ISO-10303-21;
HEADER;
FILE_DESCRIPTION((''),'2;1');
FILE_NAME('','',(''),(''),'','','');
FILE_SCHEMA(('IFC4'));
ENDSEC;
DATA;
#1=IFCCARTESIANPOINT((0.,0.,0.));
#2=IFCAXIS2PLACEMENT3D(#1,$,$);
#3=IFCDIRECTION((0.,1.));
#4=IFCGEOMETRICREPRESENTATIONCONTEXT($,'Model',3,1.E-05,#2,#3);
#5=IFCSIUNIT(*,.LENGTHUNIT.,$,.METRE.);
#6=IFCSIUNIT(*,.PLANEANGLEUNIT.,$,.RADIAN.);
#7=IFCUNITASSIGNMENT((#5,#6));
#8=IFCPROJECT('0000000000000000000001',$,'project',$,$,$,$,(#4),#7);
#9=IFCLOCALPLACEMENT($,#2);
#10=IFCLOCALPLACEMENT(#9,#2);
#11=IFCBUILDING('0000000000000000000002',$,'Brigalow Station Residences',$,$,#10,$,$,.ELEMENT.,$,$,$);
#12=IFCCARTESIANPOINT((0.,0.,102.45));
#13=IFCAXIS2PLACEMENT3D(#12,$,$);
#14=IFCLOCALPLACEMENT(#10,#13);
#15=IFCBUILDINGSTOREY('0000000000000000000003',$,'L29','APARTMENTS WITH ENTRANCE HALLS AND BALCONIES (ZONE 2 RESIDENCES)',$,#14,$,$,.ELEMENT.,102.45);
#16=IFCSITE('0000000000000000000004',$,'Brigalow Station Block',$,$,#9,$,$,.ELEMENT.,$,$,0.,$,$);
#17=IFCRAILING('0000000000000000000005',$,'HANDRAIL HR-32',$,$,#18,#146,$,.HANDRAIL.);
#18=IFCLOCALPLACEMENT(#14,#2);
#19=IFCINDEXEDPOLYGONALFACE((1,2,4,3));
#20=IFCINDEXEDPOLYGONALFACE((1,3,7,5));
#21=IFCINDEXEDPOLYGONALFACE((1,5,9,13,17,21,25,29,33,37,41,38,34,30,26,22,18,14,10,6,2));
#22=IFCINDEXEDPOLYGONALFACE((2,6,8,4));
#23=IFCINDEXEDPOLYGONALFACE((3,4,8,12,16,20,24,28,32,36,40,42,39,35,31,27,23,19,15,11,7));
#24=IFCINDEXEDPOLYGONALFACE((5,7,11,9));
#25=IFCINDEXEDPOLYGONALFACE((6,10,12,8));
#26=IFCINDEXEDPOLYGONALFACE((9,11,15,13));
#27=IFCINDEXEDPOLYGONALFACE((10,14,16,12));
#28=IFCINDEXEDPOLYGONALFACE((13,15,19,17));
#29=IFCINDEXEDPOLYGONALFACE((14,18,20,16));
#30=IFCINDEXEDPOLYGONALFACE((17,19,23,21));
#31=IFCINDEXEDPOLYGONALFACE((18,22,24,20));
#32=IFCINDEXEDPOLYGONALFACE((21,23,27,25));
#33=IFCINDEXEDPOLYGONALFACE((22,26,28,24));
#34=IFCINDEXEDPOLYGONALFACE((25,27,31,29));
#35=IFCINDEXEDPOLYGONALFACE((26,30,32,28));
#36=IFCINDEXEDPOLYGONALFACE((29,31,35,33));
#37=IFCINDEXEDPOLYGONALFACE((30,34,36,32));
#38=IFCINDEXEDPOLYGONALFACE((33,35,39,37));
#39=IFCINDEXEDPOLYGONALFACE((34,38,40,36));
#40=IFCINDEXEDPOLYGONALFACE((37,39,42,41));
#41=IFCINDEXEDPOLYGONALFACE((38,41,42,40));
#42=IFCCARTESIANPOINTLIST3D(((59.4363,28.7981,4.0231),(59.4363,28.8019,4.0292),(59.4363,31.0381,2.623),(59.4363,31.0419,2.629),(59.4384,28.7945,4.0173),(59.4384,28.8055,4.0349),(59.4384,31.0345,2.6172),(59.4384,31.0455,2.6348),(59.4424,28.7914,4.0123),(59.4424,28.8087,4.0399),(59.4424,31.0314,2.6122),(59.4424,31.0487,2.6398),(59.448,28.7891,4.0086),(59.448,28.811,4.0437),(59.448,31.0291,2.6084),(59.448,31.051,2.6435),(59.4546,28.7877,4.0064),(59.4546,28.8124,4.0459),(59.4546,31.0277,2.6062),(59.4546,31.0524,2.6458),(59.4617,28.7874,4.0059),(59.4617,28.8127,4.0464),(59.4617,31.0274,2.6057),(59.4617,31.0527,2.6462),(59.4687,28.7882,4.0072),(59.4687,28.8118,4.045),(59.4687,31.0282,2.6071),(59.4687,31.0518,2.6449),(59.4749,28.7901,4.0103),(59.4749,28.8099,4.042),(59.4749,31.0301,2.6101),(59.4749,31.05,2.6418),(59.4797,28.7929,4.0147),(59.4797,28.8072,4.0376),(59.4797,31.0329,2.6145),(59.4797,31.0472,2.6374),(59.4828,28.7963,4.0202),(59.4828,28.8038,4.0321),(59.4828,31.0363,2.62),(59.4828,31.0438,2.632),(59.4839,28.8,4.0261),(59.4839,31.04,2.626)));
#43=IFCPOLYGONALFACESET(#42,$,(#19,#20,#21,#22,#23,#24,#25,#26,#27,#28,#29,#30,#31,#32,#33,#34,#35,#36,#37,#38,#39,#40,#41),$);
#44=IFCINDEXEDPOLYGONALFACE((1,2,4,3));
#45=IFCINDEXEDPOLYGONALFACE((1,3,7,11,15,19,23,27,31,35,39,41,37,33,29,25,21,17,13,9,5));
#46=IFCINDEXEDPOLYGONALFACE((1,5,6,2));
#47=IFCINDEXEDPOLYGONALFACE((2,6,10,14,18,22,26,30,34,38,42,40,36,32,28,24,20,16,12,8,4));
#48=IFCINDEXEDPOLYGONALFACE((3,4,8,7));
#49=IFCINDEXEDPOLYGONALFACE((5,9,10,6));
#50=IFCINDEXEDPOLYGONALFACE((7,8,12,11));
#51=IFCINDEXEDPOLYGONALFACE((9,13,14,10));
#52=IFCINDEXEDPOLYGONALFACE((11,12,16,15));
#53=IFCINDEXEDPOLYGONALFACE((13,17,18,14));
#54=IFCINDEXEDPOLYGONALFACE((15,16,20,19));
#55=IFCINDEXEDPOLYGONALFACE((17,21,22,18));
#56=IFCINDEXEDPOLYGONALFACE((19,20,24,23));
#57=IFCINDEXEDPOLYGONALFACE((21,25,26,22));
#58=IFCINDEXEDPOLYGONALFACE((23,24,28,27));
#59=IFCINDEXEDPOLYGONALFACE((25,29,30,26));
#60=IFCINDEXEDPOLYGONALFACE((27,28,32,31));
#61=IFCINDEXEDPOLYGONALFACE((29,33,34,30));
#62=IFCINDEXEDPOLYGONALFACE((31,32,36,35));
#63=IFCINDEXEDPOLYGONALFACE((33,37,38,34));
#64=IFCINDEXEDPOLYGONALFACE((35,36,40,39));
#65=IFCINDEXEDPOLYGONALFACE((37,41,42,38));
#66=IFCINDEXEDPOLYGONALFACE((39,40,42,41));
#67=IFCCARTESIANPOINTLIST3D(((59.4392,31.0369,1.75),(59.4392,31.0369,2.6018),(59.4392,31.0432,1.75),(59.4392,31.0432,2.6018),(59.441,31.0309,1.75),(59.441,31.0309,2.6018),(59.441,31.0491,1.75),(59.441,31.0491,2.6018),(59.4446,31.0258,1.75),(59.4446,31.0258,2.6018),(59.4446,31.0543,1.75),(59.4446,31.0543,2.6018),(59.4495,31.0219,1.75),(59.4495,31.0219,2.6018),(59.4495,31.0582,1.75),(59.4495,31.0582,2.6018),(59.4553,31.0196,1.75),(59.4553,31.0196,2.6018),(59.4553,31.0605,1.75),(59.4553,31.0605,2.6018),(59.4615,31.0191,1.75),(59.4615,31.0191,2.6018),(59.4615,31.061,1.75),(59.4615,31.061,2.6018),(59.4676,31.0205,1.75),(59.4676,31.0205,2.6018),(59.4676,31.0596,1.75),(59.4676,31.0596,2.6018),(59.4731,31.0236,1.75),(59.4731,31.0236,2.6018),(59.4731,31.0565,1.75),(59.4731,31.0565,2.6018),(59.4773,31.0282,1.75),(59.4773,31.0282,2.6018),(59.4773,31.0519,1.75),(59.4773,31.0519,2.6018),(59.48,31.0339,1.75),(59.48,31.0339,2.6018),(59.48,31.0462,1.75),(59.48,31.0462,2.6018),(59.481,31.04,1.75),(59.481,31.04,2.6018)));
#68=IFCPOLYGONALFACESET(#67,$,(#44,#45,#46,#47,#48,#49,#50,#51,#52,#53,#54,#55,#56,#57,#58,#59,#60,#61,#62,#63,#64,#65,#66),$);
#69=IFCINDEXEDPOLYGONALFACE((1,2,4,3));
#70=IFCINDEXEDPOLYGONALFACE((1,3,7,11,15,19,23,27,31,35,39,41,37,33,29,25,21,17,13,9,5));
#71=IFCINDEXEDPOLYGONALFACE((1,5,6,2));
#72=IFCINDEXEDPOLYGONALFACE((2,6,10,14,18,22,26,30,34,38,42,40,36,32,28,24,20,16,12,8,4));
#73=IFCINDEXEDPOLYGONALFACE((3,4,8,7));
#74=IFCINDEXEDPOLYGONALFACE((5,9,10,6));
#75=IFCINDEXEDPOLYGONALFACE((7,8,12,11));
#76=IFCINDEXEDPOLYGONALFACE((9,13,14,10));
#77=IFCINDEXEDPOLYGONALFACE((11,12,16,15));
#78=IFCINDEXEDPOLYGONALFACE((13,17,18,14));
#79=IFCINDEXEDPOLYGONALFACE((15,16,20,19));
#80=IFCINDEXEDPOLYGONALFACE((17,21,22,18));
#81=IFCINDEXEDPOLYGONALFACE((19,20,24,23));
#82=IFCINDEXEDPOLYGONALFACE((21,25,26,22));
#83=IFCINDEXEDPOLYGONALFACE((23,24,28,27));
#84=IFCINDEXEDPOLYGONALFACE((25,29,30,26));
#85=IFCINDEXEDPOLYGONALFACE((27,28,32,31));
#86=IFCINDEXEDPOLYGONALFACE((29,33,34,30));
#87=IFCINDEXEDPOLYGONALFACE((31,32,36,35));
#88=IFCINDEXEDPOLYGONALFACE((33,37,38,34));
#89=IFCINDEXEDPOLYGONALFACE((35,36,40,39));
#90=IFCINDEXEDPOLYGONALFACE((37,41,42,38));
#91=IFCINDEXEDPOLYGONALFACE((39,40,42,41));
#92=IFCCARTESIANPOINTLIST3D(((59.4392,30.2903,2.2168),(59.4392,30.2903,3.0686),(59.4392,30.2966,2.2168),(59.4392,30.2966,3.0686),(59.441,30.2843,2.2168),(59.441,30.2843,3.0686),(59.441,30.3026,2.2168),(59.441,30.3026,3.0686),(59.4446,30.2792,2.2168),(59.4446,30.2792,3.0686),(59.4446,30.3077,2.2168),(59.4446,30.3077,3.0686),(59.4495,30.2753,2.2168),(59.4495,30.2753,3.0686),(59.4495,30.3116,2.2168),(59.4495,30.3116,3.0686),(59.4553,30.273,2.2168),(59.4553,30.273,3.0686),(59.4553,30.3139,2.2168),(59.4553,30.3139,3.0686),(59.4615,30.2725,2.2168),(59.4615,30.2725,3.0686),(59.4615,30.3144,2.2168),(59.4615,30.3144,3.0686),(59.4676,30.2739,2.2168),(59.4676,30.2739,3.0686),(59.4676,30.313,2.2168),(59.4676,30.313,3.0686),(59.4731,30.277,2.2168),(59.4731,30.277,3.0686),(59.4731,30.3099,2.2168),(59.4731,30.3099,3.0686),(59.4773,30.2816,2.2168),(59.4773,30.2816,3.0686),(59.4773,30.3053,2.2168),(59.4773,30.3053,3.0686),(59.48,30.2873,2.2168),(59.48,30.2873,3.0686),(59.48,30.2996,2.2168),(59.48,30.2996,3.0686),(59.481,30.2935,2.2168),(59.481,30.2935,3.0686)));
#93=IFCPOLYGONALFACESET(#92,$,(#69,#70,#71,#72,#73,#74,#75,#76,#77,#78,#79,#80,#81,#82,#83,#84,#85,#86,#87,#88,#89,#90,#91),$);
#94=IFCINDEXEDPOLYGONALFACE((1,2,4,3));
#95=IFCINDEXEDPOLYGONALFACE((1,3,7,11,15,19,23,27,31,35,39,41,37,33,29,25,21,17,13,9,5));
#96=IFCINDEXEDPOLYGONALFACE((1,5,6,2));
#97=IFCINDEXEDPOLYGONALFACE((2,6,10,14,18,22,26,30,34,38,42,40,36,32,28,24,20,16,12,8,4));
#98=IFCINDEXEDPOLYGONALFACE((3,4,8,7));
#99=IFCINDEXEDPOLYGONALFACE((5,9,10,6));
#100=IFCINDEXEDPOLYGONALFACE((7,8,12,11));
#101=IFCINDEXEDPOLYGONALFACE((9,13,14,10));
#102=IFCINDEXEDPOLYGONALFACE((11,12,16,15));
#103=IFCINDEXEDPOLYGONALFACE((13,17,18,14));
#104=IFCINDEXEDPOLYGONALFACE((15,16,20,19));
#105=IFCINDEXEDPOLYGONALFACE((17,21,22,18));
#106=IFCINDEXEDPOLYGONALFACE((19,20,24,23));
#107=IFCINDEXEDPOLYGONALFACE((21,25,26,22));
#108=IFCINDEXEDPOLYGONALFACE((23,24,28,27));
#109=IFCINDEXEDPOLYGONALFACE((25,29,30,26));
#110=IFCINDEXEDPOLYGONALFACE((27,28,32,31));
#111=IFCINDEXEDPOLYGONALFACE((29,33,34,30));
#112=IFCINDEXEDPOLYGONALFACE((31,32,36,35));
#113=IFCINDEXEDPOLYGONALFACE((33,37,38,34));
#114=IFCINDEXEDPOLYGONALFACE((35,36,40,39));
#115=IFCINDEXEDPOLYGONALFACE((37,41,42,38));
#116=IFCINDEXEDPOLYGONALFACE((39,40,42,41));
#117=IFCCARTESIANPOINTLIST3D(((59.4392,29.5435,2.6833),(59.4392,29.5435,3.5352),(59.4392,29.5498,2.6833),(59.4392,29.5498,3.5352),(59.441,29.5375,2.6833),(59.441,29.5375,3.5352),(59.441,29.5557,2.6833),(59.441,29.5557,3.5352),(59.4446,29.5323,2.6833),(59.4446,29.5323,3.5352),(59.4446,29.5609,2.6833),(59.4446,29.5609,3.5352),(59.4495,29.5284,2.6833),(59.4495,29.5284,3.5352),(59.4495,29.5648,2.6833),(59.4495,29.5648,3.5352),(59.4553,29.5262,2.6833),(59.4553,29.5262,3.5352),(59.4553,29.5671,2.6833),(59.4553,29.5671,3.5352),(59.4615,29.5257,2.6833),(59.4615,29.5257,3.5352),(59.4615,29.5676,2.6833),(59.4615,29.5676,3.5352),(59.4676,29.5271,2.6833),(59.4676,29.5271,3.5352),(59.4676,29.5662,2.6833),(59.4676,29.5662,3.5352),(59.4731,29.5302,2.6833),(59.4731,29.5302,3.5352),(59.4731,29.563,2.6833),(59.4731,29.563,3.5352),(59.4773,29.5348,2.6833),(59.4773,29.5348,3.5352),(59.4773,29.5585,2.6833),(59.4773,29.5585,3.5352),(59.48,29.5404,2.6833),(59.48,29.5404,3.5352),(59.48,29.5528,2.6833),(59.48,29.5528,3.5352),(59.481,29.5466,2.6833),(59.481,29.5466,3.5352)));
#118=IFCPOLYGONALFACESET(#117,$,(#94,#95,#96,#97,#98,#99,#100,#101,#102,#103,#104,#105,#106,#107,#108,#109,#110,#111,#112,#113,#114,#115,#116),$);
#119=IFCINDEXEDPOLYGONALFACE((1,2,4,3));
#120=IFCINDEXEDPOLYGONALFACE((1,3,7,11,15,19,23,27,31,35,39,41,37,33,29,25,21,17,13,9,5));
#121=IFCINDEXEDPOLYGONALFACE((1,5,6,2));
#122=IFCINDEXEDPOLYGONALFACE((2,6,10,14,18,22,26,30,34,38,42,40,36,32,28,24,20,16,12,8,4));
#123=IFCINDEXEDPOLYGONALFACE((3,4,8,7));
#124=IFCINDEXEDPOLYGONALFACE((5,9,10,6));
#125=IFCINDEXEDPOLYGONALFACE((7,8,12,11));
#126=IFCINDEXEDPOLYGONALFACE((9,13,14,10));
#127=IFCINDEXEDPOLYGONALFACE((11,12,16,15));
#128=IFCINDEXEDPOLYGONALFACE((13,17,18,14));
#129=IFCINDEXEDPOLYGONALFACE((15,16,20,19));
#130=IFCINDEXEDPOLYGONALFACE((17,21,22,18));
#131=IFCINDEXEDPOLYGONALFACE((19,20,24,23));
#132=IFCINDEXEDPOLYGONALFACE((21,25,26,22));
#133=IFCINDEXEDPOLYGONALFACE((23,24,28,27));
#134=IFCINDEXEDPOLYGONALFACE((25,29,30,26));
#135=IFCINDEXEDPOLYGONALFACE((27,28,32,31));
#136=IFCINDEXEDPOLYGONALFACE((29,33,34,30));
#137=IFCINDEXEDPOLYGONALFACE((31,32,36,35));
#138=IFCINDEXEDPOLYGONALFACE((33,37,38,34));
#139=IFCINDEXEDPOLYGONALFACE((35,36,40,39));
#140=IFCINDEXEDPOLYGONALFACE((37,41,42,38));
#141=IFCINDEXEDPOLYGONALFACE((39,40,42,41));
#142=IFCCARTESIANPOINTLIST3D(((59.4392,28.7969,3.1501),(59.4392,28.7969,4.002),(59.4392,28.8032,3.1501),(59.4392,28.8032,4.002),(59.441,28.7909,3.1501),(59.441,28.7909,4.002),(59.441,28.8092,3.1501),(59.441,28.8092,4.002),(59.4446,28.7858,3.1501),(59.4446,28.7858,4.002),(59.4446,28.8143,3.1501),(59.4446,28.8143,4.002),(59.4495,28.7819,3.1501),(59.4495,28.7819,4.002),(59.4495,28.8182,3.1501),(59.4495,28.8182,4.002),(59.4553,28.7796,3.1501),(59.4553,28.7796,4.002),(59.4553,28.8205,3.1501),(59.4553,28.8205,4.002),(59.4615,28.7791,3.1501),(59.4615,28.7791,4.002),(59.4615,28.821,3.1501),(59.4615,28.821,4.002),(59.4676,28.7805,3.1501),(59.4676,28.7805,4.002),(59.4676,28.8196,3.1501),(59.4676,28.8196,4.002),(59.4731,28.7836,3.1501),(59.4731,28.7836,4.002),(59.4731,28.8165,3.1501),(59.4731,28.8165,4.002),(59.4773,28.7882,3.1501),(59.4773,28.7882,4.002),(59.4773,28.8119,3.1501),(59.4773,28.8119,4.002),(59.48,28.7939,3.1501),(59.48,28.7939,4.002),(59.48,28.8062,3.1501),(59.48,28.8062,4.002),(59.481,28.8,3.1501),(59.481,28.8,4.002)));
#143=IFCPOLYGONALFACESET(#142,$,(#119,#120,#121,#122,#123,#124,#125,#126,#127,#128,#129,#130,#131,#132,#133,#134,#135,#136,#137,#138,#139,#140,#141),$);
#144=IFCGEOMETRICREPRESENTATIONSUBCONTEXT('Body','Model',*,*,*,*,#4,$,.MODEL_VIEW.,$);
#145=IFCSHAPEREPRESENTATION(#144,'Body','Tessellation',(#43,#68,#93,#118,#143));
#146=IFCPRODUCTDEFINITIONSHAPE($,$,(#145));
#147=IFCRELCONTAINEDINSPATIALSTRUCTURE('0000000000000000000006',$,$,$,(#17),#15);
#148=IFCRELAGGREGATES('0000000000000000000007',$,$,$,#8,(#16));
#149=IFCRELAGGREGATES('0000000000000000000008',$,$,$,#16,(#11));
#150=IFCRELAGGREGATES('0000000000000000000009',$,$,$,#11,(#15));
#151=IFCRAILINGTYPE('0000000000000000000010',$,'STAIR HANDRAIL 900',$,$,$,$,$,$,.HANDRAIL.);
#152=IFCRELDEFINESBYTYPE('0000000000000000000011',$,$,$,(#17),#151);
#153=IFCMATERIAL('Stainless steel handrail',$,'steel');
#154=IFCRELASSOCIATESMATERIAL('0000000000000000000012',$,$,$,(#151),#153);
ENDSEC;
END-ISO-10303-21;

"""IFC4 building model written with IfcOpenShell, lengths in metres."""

from ifc_helpers import new_model, si_unit, direction, frame, origin, origin_2d, place, context, subcontext, project, spatial, circle, extrude, material, type_object, element, save


model = new_model("IFC4")

# Units and contexts
model_context = context("Model", 3, precision=1e-05, world=origin(), true_north=direction((0.0, 1.0)))
body_context = subcontext(model_context, "Body", "Model", "MODEL_VIEW")
ifc_project = project(units=[si_unit("LENGTHUNIT", "METRE"), si_unit("PLANEANGLEUNIT", "RADIAN")], contexts=[model_context])

# Site, building, storey
site_placement = place(None, origin())
site = spatial("IfcSite", under=ifc_project, at=site_placement, Name="Brigalow Station Block", CompositionType="ELEMENT", RefElevation=0.0)
building_placement = place(site_placement, origin())
building = spatial("IfcBuilding", under=site, at=building_placement, Name="Brigalow Station Residences", CompositionType="ELEMENT")
storey_placement = place(building_placement, frame((0.0, 0.0, 102.45)))
storey = spatial("IfcBuildingStorey", under=building, at=storey_placement, Name="L29", Description="APARTMENTS WITH ENTRANCE HALLS AND BALCONIES (ZONE 2 RESIDENCES)", CompositionType="ELEMENT", Elevation=102.45)

# Railing
ifc_material_1 = material(Name="Stainless steel handrail", Category="steel")
railing_type = type_object("IfcRailingType", Name="STAIR HANDRAIL 900", PredefinedType="HANDRAIL", material=ifc_material_1)
railing_placement = place(storey_placement, frame((59.46, 31.04, 1.75)))
element("IfcRailing", 1, at=railing_placement, inside=storey, type_object=railing_type, Name="HANDRAIL HR-32", PredefinedType="HANDRAIL", context=body_context, shape_type="SweptSolid", body=[
    extrude(circle(Radius=0.0239, at=origin_2d()), frame((0.0, 0.0, 0.876), z_axis=(0.0, -0.847972, 0.53004), x_axis=(1.0, 0.0, 0.0)), (0.0, 0.0, 1.0), 2.6416),
    extrude(circle(Radius=0.021, at=origin_2d()), origin(), (0.0, 0.0, 1.0), 0.8518),
    extrude(circle(Radius=0.021, at=origin_2d()), frame((0.0, -0.7466, 0.4668)), (0.0, 0.0, 1.0), 0.8518),
    extrude(circle(Radius=0.021, at=origin_2d()), frame((0.0, -1.4934, 0.9333)), (0.0, 0.0, 1.0), 0.8518),
    extrude(circle(Radius=0.021, at=origin_2d()), frame((0.0, -2.24, 1.4001)), (0.0, 0.0, 1.0), 0.8518),
])

save(model, "model.ifc")
